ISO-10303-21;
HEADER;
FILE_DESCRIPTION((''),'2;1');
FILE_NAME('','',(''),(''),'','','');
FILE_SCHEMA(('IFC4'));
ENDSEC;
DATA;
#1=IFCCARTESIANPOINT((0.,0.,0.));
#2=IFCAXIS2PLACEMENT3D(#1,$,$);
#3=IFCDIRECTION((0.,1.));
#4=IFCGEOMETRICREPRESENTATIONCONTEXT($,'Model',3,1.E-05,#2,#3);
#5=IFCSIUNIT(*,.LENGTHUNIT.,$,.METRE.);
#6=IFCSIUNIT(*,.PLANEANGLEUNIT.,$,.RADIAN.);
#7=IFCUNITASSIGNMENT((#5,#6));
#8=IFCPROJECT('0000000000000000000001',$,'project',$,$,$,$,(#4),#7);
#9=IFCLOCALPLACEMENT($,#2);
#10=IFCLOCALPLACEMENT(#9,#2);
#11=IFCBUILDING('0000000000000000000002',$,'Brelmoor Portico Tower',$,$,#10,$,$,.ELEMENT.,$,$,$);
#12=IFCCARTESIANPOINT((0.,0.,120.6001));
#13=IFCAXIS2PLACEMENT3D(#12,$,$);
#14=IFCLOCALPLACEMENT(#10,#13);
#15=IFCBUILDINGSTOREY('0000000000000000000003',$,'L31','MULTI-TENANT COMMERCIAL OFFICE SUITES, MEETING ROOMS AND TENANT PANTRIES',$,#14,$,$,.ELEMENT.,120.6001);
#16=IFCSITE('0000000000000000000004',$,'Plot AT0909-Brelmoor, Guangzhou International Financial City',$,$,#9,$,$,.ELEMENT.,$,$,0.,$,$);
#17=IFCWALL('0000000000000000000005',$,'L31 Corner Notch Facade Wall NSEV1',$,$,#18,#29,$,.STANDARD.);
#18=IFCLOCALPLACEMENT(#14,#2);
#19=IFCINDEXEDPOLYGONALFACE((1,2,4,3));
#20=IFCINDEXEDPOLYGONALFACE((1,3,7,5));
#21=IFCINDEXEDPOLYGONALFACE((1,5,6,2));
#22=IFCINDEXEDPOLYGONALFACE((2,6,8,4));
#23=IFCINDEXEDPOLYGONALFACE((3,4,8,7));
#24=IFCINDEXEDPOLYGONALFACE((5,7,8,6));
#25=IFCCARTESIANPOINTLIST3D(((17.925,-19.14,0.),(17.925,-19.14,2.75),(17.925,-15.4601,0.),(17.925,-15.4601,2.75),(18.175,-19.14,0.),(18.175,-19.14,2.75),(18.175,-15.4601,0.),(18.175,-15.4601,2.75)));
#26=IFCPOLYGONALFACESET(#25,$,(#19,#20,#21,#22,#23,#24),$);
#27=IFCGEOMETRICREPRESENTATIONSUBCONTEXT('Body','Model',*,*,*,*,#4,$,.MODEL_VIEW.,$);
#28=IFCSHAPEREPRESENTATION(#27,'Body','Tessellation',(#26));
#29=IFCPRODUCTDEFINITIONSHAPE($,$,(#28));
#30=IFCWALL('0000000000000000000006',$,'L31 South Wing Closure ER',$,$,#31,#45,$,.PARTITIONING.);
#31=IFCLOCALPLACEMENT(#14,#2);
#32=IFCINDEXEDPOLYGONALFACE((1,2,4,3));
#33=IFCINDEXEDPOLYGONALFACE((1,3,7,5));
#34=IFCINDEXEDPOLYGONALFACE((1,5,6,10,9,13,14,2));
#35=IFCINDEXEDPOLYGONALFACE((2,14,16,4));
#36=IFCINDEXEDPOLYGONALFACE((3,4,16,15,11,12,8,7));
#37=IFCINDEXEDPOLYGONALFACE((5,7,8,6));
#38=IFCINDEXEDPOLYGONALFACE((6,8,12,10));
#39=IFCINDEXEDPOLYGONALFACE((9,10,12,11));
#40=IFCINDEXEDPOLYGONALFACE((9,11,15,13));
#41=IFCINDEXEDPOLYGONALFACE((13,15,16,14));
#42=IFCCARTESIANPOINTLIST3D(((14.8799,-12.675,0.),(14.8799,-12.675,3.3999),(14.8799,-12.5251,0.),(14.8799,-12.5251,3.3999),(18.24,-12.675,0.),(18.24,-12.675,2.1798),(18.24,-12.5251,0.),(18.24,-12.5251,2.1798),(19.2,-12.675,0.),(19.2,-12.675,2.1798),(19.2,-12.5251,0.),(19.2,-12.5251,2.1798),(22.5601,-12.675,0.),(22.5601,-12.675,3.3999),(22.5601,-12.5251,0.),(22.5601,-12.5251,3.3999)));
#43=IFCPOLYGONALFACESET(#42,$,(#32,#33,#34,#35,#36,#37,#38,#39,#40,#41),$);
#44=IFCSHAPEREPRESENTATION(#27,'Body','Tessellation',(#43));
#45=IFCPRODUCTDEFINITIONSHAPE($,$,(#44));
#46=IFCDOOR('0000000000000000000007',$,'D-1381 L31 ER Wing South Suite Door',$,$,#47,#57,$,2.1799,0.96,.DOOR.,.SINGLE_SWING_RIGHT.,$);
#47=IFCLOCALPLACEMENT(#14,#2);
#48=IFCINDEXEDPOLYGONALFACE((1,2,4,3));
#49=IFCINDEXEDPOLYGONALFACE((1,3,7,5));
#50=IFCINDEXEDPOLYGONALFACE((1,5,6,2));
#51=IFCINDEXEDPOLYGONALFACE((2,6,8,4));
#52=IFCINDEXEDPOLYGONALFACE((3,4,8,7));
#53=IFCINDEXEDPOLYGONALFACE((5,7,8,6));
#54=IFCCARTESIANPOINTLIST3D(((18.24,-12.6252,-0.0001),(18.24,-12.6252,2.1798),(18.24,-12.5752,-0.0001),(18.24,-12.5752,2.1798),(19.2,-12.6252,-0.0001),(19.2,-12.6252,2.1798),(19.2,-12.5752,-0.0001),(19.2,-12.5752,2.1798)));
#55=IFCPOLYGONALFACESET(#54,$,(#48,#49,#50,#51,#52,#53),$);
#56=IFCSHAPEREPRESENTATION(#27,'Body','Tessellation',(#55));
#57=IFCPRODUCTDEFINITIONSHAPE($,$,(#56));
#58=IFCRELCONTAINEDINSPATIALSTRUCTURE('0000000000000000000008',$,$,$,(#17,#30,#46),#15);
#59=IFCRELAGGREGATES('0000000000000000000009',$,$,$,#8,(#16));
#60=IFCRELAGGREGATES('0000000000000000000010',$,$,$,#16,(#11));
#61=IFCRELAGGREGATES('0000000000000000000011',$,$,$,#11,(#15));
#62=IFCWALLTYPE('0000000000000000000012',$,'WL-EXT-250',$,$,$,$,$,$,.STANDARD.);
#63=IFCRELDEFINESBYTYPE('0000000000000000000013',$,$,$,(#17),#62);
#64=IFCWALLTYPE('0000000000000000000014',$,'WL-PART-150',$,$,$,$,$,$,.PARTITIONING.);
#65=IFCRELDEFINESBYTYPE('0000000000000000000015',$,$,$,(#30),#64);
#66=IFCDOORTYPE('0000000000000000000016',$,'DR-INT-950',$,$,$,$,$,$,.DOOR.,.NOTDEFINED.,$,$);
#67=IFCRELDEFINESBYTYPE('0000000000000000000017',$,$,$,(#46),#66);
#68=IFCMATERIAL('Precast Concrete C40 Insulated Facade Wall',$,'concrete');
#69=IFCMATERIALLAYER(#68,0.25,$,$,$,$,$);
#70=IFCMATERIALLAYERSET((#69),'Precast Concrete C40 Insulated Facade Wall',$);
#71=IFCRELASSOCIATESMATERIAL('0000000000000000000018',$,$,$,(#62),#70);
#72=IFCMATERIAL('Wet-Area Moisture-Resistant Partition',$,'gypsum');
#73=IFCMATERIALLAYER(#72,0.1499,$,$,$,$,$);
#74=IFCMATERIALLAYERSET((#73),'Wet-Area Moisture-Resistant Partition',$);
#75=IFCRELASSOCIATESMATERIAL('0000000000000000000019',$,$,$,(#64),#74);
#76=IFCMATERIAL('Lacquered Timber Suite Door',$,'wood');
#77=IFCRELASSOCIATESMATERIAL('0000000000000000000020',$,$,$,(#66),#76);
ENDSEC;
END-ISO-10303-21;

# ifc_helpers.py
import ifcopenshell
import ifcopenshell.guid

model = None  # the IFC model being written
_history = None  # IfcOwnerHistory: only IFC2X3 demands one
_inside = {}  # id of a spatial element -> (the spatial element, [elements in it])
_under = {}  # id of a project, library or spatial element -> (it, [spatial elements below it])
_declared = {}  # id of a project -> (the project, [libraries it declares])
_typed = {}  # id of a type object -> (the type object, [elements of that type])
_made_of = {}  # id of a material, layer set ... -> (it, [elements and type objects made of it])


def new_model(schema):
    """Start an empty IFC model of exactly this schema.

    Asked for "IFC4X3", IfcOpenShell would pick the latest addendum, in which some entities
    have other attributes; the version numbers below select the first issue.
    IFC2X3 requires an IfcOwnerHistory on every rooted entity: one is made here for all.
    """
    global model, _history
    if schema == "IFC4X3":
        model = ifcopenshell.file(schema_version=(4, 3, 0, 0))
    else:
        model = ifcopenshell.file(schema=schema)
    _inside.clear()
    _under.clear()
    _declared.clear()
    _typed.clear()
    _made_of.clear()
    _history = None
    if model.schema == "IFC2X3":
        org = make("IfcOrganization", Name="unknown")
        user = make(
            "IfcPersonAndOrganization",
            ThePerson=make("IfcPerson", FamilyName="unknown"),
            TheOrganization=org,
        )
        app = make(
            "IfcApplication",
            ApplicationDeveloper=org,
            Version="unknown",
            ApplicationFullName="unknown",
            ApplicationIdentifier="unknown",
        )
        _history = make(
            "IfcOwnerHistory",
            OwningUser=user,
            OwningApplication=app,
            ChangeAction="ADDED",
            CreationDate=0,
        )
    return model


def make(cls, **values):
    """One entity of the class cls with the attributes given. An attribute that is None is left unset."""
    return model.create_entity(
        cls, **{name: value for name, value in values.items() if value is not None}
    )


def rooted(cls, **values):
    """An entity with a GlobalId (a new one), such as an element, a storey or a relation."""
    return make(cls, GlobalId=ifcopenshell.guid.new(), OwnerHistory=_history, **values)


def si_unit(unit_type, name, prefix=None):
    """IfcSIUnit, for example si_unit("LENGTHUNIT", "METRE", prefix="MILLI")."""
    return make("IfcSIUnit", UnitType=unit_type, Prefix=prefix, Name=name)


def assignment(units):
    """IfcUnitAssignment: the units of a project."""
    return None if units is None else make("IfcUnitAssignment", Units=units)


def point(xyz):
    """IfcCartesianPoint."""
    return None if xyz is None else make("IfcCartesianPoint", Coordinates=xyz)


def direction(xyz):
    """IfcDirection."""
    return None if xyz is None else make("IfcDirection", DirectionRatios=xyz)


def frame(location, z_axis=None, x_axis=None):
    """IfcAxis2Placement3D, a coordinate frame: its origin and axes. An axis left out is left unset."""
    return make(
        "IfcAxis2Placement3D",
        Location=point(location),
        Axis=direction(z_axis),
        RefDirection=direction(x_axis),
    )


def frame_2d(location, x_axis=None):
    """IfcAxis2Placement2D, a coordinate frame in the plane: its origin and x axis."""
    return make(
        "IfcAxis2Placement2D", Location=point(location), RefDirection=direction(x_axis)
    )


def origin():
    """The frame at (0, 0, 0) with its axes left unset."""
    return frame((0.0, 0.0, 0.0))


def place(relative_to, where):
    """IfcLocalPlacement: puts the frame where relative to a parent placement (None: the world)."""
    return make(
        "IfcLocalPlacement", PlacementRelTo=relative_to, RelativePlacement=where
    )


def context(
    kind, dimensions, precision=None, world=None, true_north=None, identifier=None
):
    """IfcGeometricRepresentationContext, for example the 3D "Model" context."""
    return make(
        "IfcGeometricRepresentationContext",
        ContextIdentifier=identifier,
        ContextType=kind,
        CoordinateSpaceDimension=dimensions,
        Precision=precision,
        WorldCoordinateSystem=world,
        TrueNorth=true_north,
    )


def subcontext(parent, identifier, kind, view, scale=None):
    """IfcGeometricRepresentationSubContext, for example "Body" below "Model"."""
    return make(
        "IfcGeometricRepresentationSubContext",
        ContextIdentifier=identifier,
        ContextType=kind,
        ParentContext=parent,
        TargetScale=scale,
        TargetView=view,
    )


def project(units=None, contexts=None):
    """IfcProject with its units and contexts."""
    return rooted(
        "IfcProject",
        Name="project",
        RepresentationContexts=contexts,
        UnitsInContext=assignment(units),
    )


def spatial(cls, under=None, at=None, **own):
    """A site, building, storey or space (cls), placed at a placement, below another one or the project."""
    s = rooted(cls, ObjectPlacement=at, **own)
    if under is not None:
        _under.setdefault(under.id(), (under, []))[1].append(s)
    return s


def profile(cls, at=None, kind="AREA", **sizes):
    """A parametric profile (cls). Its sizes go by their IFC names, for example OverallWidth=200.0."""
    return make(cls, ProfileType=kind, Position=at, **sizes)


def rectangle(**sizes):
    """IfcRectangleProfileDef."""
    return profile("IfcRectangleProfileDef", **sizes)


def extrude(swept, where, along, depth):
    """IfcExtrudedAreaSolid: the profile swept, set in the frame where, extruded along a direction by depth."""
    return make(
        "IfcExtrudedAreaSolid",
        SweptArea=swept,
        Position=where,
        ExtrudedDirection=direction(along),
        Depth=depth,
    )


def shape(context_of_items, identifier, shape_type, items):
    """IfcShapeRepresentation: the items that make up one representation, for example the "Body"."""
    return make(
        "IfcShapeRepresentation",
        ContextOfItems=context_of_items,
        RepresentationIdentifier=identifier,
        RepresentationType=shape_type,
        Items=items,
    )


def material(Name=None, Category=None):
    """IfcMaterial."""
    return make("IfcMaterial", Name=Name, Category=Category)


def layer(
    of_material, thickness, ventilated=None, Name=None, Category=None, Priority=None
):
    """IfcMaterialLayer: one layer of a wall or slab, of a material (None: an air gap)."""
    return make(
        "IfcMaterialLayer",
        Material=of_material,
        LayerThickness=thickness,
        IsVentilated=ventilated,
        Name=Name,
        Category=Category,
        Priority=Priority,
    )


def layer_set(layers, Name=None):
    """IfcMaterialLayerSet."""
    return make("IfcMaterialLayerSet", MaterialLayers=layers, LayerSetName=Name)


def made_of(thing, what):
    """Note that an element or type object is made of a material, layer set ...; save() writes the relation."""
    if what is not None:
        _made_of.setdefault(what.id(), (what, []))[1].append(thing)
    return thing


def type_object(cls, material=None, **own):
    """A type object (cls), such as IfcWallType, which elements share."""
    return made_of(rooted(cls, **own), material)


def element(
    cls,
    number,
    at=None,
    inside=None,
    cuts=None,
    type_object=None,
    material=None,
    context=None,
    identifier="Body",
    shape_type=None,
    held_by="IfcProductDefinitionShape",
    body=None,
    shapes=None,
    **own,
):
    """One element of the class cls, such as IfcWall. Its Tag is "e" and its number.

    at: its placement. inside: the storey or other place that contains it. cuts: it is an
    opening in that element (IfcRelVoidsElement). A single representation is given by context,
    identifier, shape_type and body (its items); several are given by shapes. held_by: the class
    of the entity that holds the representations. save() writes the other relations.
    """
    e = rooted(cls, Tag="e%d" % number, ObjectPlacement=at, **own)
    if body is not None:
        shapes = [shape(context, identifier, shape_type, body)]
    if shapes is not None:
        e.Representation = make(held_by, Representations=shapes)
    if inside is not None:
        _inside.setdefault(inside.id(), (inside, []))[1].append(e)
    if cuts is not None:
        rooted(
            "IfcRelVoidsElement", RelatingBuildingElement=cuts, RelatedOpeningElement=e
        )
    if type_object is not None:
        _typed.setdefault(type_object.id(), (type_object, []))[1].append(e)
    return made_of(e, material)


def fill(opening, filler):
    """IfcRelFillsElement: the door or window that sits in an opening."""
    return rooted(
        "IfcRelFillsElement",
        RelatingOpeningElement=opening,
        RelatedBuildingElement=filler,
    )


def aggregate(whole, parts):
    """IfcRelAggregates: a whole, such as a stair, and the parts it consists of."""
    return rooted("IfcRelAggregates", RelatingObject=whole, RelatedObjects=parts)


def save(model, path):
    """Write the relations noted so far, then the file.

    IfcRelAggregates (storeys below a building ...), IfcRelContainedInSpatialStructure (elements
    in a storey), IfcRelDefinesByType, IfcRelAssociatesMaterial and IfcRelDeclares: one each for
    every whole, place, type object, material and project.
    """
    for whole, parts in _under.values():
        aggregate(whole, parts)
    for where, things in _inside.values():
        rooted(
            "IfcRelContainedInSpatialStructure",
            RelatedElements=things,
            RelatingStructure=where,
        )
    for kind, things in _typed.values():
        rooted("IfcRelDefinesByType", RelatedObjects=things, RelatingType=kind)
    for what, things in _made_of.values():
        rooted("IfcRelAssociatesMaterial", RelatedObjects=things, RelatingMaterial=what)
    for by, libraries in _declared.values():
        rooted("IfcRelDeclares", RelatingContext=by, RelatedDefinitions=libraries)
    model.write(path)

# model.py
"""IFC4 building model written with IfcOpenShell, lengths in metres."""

from ifc_helpers import new_model, si_unit, direction, frame, frame_2d, origin, place, context, subcontext, project, spatial, rectangle, extrude, material, layer, layer_set, type_object, element, fill, save


model = new_model("IFC4")

# Units and contexts
model_context = context("Model", 3, precision=1e-05, world=origin(), true_north=direction((0.0, 1.0)))
body_context = subcontext(model_context, "Body", "Model", "MODEL_VIEW")
ifc_project = project(units=[si_unit("LENGTHUNIT", "METRE"), si_unit("PLANEANGLEUNIT", "RADIAN")], contexts=[model_context])

# Site, building, storey
site_placement = place(None, origin())
site = spatial("IfcSite", under=ifc_project, at=site_placement, Name="Plot AT0909-Brelmoor, Guangzhou International Financial City", CompositionType="ELEMENT", RefElevation=0.0)
building_placement = place(site_placement, origin())
building = spatial("IfcBuilding", under=site, at=building_placement, Name="Brelmoor Portico Tower", CompositionType="ELEMENT")
storey_placement = place(building_placement, frame((0.0, 0.0, 120.6001)))
storey = spatial("IfcBuildingStorey", under=building, at=storey_placement, Name="L31", Description="MULTI-TENANT COMMERCIAL OFFICE SUITES, MEETING ROOMS AND TENANT PANTRIES", CompositionType="ELEMENT", Elevation=120.6001)

# Wall
ifc_material_1 = material(Name="Precast Concrete C40 Insulated Facade Wall", Category="concrete")
ifc_layer_1 = layer(ifc_material_1, 0.25)
ifc_layer_set_1 = layer_set([ifc_layer_1], Name="Precast Concrete C40 Insulated Facade Wall")
wall_type_1 = type_object("IfcWallType", Name="WL-EXT-250", PredefinedType="STANDARD", material=ifc_layer_set_1)
for number, where, z_axis, x_axis, name in (
    (1, (18.05, -19.1399, 0.0), (0.0, 0.0, 1.0), (0.0, 1.0, 0.0), "L31 Corner Notch Facade Wall NSEV1"),
):
    element("IfcWall", number, at=place(storey_placement, frame(where, z_axis=z_axis, x_axis=x_axis)), inside=storey, type_object=wall_type_1, Name=name, PredefinedType="STANDARD", context=body_context, shape_type="SweptSolid", body=[
        extrude(rectangle(XDim=3.6799, YDim=0.25, at=frame_2d((1.8398, 0.0))), origin(), (0.0, 0.0, 1.0), 2.75),
    ])

# Wall, opening, door
ifc_material_2 = material(Name="Wet-Area Moisture-Resistant Partition", Category="gypsum")
ifc_layer_2 = layer(ifc_material_2, 0.1499)
ifc_layer_set_2 = layer_set([ifc_layer_2], Name="Wet-Area Moisture-Resistant Partition")
wall_type_2 = type_object("IfcWallType", Name="WL-PART-150", PredefinedType="PARTITIONING", material=ifc_layer_set_2)
wall_placement = place(storey_placement, frame((14.8799, -12.6001, 0.0), z_axis=(0.0, 0.0, 1.0), x_axis=(1.0, 0.0, 0.0)))
wall = element("IfcWall", 2, at=wall_placement, inside=storey, type_object=wall_type_2, Name="L31 South Wing Closure ER", PredefinedType="PARTITIONING", context=body_context, shape_type="SweptSolid", body=[
    extrude(rectangle(XDim=7.6802, YDim=0.1499, at=frame_2d((3.8401, 0.0))), origin(), (0.0, 0.0, 1.0), 3.3999),
])
opening_placement = place(wall_placement, frame((3.3601, 0.0, 0.0)))
opening = element("IfcOpeningElement", 3, at=opening_placement, cuts=wall, PredefinedType="OPENING", context=body_context, shape_type="SweptSolid", body=[
    extrude(rectangle(XDim=0.96, YDim=2.1799, at=frame_2d((0.48, 1.0898))), frame((0.0, 0.085, 0.0), z_axis=(0.0, -1.0, 0.0), x_axis=(1.0, 0.0, 0.0)), (0.0, 0.0, 1.0), 0.1699),
])
ifc_material_3 = material(Name="Lacquered Timber Suite Door", Category="wood")
door_type = type_object("IfcDoorType", Name="DR-INT-950", OperationType="NOTDEFINED", PredefinedType="DOOR", material=ifc_material_3)
door_placement = place(opening_placement, origin())
door = element("IfcDoor", 4, at=door_placement, inside=storey, type_object=door_type, Name="D-1381 L31 ER Wing South Suite Door", OperationType="SINGLE_SWING_RIGHT", OverallHeight=2.1799, OverallWidth=0.96, PredefinedType="DOOR", context=body_context, shape_type="SweptSolid", body=[
    extrude(rectangle(XDim=0.96, YDim=2.1799, at=frame_2d((0.48, 1.0898))), frame((0.0, 0.0249, 0.0), z_axis=(0.0, -1.0, 0.0), x_axis=(1.0, 0.0, 0.0)), (0.0, 0.0, 1.0), 0.05),
])
fill(opening, door)

save(model, "model.ifc")
